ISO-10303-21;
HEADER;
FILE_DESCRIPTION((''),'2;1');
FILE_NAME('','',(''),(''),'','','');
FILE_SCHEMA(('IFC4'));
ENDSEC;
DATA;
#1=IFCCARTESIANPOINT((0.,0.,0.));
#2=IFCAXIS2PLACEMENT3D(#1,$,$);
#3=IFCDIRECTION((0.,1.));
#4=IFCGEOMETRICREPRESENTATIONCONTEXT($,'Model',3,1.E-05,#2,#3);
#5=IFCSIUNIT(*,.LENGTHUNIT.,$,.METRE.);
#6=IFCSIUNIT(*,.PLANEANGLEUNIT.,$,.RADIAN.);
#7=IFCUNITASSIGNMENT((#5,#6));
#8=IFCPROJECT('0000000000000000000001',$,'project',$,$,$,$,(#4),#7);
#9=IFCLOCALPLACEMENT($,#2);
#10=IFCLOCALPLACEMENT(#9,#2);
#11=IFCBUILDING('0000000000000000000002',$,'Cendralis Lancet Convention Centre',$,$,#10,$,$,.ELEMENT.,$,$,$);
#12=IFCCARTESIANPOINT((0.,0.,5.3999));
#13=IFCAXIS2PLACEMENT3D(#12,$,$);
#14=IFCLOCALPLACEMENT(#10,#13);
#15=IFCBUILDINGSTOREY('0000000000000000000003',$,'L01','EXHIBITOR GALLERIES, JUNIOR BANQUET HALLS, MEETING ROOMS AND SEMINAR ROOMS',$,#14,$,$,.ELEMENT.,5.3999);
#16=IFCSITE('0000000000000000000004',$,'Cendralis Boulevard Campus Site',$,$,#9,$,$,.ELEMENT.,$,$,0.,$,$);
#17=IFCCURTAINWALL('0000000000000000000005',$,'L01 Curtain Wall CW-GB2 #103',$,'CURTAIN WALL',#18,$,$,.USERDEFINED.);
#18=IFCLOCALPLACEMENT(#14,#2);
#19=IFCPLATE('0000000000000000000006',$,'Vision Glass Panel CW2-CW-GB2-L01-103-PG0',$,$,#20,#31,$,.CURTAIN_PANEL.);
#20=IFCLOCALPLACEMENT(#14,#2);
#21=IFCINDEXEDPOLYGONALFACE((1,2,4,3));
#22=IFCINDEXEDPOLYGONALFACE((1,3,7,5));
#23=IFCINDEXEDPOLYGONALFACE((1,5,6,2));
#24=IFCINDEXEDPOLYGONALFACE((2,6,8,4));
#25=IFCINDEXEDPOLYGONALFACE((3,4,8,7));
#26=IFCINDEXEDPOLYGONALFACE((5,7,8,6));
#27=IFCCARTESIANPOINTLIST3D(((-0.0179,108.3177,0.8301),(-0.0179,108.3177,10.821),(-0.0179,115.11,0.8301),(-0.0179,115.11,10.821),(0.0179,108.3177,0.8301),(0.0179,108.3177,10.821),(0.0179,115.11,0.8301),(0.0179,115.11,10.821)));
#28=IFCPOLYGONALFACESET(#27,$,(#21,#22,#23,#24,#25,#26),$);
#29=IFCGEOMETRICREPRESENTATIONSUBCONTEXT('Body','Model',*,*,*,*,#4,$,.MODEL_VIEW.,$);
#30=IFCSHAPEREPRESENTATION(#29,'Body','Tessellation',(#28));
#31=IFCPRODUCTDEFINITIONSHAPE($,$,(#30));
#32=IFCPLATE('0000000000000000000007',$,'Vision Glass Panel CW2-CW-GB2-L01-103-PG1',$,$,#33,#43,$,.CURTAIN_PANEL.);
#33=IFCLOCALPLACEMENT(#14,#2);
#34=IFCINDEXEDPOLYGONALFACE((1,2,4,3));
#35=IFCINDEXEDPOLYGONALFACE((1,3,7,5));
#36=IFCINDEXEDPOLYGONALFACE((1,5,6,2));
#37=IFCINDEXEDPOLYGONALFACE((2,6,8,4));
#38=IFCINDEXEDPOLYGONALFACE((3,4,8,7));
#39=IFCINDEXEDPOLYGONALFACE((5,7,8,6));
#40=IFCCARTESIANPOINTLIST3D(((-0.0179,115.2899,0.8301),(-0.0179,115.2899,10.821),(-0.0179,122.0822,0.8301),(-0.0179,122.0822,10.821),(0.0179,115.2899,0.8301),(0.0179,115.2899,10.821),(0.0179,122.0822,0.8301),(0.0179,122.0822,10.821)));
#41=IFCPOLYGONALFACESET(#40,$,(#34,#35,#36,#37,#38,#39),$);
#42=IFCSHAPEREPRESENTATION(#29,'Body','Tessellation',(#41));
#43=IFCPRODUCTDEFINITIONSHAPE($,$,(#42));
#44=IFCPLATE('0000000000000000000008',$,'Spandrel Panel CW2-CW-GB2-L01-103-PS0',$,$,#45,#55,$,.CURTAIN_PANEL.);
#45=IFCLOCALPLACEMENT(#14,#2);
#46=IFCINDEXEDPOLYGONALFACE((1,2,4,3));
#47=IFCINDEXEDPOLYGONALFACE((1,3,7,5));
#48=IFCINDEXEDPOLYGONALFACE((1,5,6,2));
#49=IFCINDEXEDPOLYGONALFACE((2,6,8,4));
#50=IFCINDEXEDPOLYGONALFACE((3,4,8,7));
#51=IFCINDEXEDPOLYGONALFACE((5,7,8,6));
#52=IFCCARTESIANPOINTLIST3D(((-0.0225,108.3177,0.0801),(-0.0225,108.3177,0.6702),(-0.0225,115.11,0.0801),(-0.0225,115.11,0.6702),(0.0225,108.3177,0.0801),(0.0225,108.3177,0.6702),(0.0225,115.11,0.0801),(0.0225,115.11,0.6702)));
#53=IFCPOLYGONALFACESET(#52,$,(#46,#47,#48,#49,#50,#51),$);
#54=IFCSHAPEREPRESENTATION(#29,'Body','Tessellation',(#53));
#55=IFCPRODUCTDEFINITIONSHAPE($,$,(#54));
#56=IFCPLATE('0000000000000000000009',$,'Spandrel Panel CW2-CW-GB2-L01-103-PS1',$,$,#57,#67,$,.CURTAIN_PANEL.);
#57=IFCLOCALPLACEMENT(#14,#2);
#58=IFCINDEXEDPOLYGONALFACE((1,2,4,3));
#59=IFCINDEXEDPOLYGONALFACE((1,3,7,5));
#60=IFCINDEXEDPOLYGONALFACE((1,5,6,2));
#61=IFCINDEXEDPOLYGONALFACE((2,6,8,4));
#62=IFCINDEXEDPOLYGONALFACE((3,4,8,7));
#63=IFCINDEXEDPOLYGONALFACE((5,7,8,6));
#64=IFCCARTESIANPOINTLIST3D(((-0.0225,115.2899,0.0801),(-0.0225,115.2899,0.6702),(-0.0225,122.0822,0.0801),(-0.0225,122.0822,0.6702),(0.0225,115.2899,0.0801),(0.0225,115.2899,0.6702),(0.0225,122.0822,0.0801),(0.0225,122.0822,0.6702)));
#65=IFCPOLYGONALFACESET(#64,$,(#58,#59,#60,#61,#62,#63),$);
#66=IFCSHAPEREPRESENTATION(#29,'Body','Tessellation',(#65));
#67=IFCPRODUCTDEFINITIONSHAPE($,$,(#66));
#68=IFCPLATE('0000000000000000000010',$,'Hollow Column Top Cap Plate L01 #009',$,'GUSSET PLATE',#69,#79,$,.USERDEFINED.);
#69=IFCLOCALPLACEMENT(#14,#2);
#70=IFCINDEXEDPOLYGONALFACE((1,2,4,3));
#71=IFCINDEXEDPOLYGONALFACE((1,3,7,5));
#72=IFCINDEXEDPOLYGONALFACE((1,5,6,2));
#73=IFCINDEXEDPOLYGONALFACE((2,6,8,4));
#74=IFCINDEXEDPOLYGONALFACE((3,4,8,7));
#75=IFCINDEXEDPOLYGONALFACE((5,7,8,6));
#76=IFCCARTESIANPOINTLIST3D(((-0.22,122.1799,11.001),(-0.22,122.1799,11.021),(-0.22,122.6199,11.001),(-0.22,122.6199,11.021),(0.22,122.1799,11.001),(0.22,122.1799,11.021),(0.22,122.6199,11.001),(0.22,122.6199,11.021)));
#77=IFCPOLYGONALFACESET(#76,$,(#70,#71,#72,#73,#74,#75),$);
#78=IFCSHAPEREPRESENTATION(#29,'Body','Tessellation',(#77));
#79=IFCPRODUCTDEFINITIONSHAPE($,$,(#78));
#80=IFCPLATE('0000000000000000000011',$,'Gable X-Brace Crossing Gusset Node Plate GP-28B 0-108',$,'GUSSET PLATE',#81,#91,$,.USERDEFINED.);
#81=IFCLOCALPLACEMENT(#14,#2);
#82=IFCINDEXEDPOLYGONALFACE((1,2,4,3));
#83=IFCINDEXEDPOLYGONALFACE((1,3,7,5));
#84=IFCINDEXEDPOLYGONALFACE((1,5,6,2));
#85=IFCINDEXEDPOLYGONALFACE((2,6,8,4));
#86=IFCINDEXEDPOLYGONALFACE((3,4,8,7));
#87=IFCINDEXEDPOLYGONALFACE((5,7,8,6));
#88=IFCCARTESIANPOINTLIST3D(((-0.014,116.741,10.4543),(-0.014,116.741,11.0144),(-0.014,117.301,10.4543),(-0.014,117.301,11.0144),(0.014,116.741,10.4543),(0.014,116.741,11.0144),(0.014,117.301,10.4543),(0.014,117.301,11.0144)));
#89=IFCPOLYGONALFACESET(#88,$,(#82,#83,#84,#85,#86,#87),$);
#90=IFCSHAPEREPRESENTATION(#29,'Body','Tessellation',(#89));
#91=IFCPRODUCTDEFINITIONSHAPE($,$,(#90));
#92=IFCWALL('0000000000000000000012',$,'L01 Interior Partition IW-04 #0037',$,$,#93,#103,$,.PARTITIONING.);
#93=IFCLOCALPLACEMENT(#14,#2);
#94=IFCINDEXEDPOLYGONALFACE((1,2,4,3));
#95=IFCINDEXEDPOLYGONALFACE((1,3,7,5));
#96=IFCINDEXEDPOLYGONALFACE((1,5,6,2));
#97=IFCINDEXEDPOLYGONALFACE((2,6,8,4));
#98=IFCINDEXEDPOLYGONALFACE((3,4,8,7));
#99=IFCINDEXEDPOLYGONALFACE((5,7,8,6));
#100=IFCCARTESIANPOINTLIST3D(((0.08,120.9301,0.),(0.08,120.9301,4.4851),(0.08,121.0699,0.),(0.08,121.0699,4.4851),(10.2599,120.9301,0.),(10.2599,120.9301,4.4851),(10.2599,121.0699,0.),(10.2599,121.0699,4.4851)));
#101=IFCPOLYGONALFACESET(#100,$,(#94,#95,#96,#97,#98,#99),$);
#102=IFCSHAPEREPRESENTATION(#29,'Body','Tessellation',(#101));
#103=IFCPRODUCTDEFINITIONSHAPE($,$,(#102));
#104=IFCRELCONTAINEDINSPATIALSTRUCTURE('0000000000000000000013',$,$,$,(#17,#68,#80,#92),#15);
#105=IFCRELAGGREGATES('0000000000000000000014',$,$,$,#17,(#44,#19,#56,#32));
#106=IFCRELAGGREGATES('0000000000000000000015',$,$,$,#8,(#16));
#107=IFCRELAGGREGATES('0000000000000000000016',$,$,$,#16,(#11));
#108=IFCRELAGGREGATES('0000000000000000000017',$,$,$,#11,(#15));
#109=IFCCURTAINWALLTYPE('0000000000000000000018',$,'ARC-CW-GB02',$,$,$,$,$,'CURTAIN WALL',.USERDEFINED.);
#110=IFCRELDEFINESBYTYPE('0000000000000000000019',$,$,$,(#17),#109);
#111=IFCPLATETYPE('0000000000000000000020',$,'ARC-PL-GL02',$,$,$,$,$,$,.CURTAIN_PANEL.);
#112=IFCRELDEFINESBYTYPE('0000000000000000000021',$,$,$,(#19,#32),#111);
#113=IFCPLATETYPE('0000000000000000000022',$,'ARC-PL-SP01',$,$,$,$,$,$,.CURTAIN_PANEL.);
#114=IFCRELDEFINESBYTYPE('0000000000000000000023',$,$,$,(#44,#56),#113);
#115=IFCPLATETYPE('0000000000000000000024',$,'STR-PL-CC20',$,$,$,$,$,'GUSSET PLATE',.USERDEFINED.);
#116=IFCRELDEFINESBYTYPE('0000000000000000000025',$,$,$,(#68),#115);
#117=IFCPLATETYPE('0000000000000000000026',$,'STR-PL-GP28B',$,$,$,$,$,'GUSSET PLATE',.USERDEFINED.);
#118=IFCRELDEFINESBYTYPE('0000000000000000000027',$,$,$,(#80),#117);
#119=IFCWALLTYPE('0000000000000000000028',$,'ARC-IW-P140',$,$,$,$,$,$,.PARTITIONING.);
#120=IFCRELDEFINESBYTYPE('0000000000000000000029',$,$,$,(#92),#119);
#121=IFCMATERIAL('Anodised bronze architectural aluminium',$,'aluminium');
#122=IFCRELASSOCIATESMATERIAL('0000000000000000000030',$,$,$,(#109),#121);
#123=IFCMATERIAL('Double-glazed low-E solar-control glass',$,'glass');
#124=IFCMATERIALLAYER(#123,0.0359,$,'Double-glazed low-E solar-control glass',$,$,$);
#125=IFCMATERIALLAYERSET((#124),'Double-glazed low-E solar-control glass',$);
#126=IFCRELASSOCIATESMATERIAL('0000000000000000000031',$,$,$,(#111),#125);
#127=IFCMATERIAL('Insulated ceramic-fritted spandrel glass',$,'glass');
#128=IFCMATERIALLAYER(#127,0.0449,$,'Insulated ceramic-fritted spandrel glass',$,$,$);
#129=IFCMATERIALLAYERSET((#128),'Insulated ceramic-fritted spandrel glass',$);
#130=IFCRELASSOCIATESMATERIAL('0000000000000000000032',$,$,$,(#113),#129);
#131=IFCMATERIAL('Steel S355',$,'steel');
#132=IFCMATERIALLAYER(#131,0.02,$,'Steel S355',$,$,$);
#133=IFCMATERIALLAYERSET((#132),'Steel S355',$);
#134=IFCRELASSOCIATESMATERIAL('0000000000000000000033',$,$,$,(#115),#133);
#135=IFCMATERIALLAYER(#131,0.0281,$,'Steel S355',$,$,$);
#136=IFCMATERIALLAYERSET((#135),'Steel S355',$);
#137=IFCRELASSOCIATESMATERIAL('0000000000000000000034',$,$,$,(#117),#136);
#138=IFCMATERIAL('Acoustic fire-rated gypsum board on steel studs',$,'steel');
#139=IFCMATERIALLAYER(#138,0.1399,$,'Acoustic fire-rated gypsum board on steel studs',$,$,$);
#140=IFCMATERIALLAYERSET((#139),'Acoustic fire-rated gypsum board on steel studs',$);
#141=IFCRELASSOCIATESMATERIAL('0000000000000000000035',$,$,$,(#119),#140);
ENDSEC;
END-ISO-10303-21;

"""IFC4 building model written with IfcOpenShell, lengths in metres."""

from ifc_helpers import new_model, si_unit, direction, frame, frame_2d, origin, origin_2d, place, context, subcontext, project, spatial, rectangle, extrude, material, layer, layer_set, type_object, element, aggregate, save


model = new_model("IFC4")

# Units and contexts
model_context = context("Model", 3, precision=1e-05, world=origin(), true_north=direction((0.0, 1.0)))
body_context = subcontext(model_context, "Body", "Model", "MODEL_VIEW")
ifc_project = project(units=[si_unit("LENGTHUNIT", "METRE"), si_unit("PLANEANGLEUNIT", "RADIAN")], contexts=[model_context])

# Site, building, storey
site_placement = place(None, origin())
site = spatial("IfcSite", under=ifc_project, at=site_placement, Name="Cendralis Boulevard Campus Site", CompositionType="ELEMENT", RefElevation=0.0)
building_placement = place(site_placement, origin())
building = spatial("IfcBuilding", under=site, at=building_placement, Name="Cendralis Lancet Convention Centre", CompositionType="ELEMENT")
storey_placement = place(building_placement, frame((0.0, 0.0, 5.3999)))
storey = spatial("IfcBuildingStorey", under=building, at=storey_placement, Name="L01", Description="EXHIBITOR GALLERIES, JUNIOR BANQUET HALLS, MEETING ROOMS AND SEMINAR ROOMS", CompositionType="ELEMENT", Elevation=5.3999)

# Shared definitions
ifc_material_1 = material(Name="Steel S355", Category="steel")

# Curtain wall
ifc_material_2 = material(Name="Anodised bronze architectural aluminium", Category="aluminium")
curtain_wall_type = type_object("IfcCurtainWallType", Name="ARC-CW-GB02", ElementType="CURTAIN WALL", PredefinedType="USERDEFINED", material=ifc_material_2)
curtain_wall_placement = place(storey_placement, origin())
curtain_wall = element("IfcCurtainWall", 1, at=curtain_wall_placement, inside=storey, type_object=curtain_wall_type, Name="L01 Curtain Wall CW-GB2 #103", ObjectType="CURTAIN WALL", PredefinedType="USERDEFINED")

# Plates
ifc_material_3 = material(Name="Double-glazed low-E solar-control glass", Category="glass")
ifc_layer_1 = layer(ifc_material_3, 0.0359, Name="Double-glazed low-E solar-control glass")
ifc_layer_set_1 = layer_set([ifc_layer_1], Name="Double-glazed low-E solar-control glass")
plate_type_1 = type_object("IfcPlateType", Name="ARC-PL-GL02", PredefinedType="CURTAIN_PANEL", material=ifc_layer_set_1)
plate_1_placement = place(storey_placement, frame((0.0, 111.7139, 0.8301), z_axis=(0.0, 0.0, 1.0), x_axis=(0.0, 1.0, 0.0)))
plate_1 = element("IfcPlate", 2, at=plate_1_placement, type_object=plate_type_1, Name="Vision Glass Panel CW2-CW-GB2-L01-103-PG0", PredefinedType="CURTAIN_PANEL", context=body_context, shape_type="SweptSolid", body=[
    extrude(rectangle(XDim=6.7922, YDim=0.0359, at=origin_2d()), origin(), (0.0, 0.0, 1.0), 9.991),
])
plate_2_placement = place(storey_placement, frame((0.0, 118.686, 0.8301), z_axis=(0.0, 0.0, 1.0), x_axis=(0.0, 1.0, 0.0)))
plate_2 = element("IfcPlate", 3, at=plate_2_placement, type_object=plate_type_1, Name="Vision Glass Panel CW2-CW-GB2-L01-103-PG1", PredefinedType="CURTAIN_PANEL", context=body_context, shape_type="SweptSolid", body=[
    extrude(rectangle(XDim=6.7922, YDim=0.0359, at=origin_2d()), origin(), (0.0, 0.0, 1.0), 9.991),
])
ifc_material_4 = material(Name="Insulated ceramic-fritted spandrel glass", Category="glass")
ifc_layer_2 = layer(ifc_material_4, 0.0449, Name="Insulated ceramic-fritted spandrel glass")
ifc_layer_set_2 = layer_set([ifc_layer_2], Name="Insulated ceramic-fritted spandrel glass")
plate_type_2 = type_object("IfcPlateType", Name="ARC-PL-SP01", PredefinedType="CURTAIN_PANEL", material=ifc_layer_set_2)
plate_3_placement = place(storey_placement, frame((0.0, 111.7139, 0.0801), z_axis=(0.0, 0.0, 1.0), x_axis=(0.0, 1.0, 0.0)))
plate_3 = element("IfcPlate", 4, at=plate_3_placement, type_object=plate_type_2, Name="Spandrel Panel CW2-CW-GB2-L01-103-PS0", PredefinedType="CURTAIN_PANEL", context=body_context, shape_type="SweptSolid", body=[
    extrude(rectangle(XDim=6.7922, YDim=0.0449, at=origin_2d()), origin(), (0.0, 0.0, 1.0), 0.5901),
])
plate_4_placement = place(storey_placement, frame((0.0, 118.686, 0.0801), z_axis=(0.0, 0.0, 1.0), x_axis=(0.0, 1.0, 0.0)))
plate_4 = element("IfcPlate", 5, at=plate_4_placement, type_object=plate_type_2, Name="Spandrel Panel CW2-CW-GB2-L01-103-PS1", PredefinedType="CURTAIN_PANEL", context=body_context, shape_type="SweptSolid", body=[
    extrude(rectangle(XDim=6.7922, YDim=0.0449, at=origin_2d()), origin(), (0.0, 0.0, 1.0), 0.5901),
])
aggregate(curtain_wall, [plate_3, plate_1, plate_4, plate_2])

# Plates
ifc_layer_3 = layer(ifc_material_1, 0.02, Name="Steel S355")
ifc_layer_set_3 = layer_set([ifc_layer_3], Name="Steel S355")
plate_type_3 = type_object("IfcPlateType", Name="STR-PL-CC20", ElementType="GUSSET PLATE", PredefinedType="USERDEFINED", material=ifc_layer_set_3)
plate_5_placement = place(storey_placement, frame((0.0, 122.3999, 11.001), z_axis=(0.0, 0.0, 1.0), x_axis=(1.0, 0.0, 0.0)))
element("IfcPlate", 6, at=plate_5_placement, inside=storey, type_object=plate_type_3, Name="Hollow Column Top Cap Plate L01 #009", ObjectType="GUSSET PLATE", PredefinedType="USERDEFINED", context=body_context, shape_type="SweptSolid", body=[
    extrude(rectangle(XDim=0.4399, YDim=0.4399, at=origin_2d()), origin(), (0.0, 0.0, 1.0), 0.02),
])
ifc_layer_4 = layer(ifc_material_1, 0.0281, Name="Steel S355")
ifc_layer_set_4 = layer_set([ifc_layer_4], Name="Steel S355")
plate_type_4 = type_object("IfcPlateType", Name="STR-PL-GP28B", ElementType="GUSSET PLATE", PredefinedType="USERDEFINED", material=ifc_layer_set_4)
plate_6_placement = place(storey_placement, frame((0.0, 117.021, 10.4543), z_axis=(0.0, 0.0, 1.0), x_axis=(0.0, 1.0, 0.0)))
element("IfcPlate", 7, at=plate_6_placement, inside=storey, type_object=plate_type_4, Name="Gable X-Brace Crossing Gusset Node Plate GP-28B 0-108", ObjectType="GUSSET PLATE", PredefinedType="USERDEFINED", context=body_context, shape_type="SweptSolid", body=[
    extrude(rectangle(XDim=0.5601, YDim=0.0281, at=origin_2d()), origin(), (0.0, 0.0, 1.0), 0.5601),
])

# Wall
ifc_material_5 = material(Name="Acoustic fire-rated gypsum board on steel studs", Category="steel")
ifc_layer_5 = layer(ifc_material_5, 0.1399, Name="Acoustic fire-rated gypsum board on steel studs")
ifc_layer_set_5 = layer_set([ifc_layer_5], Name="Acoustic fire-rated gypsum board on steel studs")
wall_type = type_object("IfcWallType", Name="ARC-IW-P140", PredefinedType="PARTITIONING", material=ifc_layer_set_5)
wall_placement = place(storey_placement, frame((0.0801, 121.0, 0.0), z_axis=(0.0, 0.0, 1.0), x_axis=(1.0, 0.0, 0.0)))
element("IfcWall", 8, at=wall_placement, inside=storey, type_object=wall_type, Name="L01 Interior Partition IW-04 #0037", PredefinedType="PARTITIONING", context=body_context, shape_type="SweptSolid", body=[
    extrude(rectangle(XDim=10.1799, YDim=0.1399, at=frame_2d((5.0898, 0.0))), origin(), (0.0, 0.0, 1.0), 4.4851),
])

save(model, "model.ifc")
